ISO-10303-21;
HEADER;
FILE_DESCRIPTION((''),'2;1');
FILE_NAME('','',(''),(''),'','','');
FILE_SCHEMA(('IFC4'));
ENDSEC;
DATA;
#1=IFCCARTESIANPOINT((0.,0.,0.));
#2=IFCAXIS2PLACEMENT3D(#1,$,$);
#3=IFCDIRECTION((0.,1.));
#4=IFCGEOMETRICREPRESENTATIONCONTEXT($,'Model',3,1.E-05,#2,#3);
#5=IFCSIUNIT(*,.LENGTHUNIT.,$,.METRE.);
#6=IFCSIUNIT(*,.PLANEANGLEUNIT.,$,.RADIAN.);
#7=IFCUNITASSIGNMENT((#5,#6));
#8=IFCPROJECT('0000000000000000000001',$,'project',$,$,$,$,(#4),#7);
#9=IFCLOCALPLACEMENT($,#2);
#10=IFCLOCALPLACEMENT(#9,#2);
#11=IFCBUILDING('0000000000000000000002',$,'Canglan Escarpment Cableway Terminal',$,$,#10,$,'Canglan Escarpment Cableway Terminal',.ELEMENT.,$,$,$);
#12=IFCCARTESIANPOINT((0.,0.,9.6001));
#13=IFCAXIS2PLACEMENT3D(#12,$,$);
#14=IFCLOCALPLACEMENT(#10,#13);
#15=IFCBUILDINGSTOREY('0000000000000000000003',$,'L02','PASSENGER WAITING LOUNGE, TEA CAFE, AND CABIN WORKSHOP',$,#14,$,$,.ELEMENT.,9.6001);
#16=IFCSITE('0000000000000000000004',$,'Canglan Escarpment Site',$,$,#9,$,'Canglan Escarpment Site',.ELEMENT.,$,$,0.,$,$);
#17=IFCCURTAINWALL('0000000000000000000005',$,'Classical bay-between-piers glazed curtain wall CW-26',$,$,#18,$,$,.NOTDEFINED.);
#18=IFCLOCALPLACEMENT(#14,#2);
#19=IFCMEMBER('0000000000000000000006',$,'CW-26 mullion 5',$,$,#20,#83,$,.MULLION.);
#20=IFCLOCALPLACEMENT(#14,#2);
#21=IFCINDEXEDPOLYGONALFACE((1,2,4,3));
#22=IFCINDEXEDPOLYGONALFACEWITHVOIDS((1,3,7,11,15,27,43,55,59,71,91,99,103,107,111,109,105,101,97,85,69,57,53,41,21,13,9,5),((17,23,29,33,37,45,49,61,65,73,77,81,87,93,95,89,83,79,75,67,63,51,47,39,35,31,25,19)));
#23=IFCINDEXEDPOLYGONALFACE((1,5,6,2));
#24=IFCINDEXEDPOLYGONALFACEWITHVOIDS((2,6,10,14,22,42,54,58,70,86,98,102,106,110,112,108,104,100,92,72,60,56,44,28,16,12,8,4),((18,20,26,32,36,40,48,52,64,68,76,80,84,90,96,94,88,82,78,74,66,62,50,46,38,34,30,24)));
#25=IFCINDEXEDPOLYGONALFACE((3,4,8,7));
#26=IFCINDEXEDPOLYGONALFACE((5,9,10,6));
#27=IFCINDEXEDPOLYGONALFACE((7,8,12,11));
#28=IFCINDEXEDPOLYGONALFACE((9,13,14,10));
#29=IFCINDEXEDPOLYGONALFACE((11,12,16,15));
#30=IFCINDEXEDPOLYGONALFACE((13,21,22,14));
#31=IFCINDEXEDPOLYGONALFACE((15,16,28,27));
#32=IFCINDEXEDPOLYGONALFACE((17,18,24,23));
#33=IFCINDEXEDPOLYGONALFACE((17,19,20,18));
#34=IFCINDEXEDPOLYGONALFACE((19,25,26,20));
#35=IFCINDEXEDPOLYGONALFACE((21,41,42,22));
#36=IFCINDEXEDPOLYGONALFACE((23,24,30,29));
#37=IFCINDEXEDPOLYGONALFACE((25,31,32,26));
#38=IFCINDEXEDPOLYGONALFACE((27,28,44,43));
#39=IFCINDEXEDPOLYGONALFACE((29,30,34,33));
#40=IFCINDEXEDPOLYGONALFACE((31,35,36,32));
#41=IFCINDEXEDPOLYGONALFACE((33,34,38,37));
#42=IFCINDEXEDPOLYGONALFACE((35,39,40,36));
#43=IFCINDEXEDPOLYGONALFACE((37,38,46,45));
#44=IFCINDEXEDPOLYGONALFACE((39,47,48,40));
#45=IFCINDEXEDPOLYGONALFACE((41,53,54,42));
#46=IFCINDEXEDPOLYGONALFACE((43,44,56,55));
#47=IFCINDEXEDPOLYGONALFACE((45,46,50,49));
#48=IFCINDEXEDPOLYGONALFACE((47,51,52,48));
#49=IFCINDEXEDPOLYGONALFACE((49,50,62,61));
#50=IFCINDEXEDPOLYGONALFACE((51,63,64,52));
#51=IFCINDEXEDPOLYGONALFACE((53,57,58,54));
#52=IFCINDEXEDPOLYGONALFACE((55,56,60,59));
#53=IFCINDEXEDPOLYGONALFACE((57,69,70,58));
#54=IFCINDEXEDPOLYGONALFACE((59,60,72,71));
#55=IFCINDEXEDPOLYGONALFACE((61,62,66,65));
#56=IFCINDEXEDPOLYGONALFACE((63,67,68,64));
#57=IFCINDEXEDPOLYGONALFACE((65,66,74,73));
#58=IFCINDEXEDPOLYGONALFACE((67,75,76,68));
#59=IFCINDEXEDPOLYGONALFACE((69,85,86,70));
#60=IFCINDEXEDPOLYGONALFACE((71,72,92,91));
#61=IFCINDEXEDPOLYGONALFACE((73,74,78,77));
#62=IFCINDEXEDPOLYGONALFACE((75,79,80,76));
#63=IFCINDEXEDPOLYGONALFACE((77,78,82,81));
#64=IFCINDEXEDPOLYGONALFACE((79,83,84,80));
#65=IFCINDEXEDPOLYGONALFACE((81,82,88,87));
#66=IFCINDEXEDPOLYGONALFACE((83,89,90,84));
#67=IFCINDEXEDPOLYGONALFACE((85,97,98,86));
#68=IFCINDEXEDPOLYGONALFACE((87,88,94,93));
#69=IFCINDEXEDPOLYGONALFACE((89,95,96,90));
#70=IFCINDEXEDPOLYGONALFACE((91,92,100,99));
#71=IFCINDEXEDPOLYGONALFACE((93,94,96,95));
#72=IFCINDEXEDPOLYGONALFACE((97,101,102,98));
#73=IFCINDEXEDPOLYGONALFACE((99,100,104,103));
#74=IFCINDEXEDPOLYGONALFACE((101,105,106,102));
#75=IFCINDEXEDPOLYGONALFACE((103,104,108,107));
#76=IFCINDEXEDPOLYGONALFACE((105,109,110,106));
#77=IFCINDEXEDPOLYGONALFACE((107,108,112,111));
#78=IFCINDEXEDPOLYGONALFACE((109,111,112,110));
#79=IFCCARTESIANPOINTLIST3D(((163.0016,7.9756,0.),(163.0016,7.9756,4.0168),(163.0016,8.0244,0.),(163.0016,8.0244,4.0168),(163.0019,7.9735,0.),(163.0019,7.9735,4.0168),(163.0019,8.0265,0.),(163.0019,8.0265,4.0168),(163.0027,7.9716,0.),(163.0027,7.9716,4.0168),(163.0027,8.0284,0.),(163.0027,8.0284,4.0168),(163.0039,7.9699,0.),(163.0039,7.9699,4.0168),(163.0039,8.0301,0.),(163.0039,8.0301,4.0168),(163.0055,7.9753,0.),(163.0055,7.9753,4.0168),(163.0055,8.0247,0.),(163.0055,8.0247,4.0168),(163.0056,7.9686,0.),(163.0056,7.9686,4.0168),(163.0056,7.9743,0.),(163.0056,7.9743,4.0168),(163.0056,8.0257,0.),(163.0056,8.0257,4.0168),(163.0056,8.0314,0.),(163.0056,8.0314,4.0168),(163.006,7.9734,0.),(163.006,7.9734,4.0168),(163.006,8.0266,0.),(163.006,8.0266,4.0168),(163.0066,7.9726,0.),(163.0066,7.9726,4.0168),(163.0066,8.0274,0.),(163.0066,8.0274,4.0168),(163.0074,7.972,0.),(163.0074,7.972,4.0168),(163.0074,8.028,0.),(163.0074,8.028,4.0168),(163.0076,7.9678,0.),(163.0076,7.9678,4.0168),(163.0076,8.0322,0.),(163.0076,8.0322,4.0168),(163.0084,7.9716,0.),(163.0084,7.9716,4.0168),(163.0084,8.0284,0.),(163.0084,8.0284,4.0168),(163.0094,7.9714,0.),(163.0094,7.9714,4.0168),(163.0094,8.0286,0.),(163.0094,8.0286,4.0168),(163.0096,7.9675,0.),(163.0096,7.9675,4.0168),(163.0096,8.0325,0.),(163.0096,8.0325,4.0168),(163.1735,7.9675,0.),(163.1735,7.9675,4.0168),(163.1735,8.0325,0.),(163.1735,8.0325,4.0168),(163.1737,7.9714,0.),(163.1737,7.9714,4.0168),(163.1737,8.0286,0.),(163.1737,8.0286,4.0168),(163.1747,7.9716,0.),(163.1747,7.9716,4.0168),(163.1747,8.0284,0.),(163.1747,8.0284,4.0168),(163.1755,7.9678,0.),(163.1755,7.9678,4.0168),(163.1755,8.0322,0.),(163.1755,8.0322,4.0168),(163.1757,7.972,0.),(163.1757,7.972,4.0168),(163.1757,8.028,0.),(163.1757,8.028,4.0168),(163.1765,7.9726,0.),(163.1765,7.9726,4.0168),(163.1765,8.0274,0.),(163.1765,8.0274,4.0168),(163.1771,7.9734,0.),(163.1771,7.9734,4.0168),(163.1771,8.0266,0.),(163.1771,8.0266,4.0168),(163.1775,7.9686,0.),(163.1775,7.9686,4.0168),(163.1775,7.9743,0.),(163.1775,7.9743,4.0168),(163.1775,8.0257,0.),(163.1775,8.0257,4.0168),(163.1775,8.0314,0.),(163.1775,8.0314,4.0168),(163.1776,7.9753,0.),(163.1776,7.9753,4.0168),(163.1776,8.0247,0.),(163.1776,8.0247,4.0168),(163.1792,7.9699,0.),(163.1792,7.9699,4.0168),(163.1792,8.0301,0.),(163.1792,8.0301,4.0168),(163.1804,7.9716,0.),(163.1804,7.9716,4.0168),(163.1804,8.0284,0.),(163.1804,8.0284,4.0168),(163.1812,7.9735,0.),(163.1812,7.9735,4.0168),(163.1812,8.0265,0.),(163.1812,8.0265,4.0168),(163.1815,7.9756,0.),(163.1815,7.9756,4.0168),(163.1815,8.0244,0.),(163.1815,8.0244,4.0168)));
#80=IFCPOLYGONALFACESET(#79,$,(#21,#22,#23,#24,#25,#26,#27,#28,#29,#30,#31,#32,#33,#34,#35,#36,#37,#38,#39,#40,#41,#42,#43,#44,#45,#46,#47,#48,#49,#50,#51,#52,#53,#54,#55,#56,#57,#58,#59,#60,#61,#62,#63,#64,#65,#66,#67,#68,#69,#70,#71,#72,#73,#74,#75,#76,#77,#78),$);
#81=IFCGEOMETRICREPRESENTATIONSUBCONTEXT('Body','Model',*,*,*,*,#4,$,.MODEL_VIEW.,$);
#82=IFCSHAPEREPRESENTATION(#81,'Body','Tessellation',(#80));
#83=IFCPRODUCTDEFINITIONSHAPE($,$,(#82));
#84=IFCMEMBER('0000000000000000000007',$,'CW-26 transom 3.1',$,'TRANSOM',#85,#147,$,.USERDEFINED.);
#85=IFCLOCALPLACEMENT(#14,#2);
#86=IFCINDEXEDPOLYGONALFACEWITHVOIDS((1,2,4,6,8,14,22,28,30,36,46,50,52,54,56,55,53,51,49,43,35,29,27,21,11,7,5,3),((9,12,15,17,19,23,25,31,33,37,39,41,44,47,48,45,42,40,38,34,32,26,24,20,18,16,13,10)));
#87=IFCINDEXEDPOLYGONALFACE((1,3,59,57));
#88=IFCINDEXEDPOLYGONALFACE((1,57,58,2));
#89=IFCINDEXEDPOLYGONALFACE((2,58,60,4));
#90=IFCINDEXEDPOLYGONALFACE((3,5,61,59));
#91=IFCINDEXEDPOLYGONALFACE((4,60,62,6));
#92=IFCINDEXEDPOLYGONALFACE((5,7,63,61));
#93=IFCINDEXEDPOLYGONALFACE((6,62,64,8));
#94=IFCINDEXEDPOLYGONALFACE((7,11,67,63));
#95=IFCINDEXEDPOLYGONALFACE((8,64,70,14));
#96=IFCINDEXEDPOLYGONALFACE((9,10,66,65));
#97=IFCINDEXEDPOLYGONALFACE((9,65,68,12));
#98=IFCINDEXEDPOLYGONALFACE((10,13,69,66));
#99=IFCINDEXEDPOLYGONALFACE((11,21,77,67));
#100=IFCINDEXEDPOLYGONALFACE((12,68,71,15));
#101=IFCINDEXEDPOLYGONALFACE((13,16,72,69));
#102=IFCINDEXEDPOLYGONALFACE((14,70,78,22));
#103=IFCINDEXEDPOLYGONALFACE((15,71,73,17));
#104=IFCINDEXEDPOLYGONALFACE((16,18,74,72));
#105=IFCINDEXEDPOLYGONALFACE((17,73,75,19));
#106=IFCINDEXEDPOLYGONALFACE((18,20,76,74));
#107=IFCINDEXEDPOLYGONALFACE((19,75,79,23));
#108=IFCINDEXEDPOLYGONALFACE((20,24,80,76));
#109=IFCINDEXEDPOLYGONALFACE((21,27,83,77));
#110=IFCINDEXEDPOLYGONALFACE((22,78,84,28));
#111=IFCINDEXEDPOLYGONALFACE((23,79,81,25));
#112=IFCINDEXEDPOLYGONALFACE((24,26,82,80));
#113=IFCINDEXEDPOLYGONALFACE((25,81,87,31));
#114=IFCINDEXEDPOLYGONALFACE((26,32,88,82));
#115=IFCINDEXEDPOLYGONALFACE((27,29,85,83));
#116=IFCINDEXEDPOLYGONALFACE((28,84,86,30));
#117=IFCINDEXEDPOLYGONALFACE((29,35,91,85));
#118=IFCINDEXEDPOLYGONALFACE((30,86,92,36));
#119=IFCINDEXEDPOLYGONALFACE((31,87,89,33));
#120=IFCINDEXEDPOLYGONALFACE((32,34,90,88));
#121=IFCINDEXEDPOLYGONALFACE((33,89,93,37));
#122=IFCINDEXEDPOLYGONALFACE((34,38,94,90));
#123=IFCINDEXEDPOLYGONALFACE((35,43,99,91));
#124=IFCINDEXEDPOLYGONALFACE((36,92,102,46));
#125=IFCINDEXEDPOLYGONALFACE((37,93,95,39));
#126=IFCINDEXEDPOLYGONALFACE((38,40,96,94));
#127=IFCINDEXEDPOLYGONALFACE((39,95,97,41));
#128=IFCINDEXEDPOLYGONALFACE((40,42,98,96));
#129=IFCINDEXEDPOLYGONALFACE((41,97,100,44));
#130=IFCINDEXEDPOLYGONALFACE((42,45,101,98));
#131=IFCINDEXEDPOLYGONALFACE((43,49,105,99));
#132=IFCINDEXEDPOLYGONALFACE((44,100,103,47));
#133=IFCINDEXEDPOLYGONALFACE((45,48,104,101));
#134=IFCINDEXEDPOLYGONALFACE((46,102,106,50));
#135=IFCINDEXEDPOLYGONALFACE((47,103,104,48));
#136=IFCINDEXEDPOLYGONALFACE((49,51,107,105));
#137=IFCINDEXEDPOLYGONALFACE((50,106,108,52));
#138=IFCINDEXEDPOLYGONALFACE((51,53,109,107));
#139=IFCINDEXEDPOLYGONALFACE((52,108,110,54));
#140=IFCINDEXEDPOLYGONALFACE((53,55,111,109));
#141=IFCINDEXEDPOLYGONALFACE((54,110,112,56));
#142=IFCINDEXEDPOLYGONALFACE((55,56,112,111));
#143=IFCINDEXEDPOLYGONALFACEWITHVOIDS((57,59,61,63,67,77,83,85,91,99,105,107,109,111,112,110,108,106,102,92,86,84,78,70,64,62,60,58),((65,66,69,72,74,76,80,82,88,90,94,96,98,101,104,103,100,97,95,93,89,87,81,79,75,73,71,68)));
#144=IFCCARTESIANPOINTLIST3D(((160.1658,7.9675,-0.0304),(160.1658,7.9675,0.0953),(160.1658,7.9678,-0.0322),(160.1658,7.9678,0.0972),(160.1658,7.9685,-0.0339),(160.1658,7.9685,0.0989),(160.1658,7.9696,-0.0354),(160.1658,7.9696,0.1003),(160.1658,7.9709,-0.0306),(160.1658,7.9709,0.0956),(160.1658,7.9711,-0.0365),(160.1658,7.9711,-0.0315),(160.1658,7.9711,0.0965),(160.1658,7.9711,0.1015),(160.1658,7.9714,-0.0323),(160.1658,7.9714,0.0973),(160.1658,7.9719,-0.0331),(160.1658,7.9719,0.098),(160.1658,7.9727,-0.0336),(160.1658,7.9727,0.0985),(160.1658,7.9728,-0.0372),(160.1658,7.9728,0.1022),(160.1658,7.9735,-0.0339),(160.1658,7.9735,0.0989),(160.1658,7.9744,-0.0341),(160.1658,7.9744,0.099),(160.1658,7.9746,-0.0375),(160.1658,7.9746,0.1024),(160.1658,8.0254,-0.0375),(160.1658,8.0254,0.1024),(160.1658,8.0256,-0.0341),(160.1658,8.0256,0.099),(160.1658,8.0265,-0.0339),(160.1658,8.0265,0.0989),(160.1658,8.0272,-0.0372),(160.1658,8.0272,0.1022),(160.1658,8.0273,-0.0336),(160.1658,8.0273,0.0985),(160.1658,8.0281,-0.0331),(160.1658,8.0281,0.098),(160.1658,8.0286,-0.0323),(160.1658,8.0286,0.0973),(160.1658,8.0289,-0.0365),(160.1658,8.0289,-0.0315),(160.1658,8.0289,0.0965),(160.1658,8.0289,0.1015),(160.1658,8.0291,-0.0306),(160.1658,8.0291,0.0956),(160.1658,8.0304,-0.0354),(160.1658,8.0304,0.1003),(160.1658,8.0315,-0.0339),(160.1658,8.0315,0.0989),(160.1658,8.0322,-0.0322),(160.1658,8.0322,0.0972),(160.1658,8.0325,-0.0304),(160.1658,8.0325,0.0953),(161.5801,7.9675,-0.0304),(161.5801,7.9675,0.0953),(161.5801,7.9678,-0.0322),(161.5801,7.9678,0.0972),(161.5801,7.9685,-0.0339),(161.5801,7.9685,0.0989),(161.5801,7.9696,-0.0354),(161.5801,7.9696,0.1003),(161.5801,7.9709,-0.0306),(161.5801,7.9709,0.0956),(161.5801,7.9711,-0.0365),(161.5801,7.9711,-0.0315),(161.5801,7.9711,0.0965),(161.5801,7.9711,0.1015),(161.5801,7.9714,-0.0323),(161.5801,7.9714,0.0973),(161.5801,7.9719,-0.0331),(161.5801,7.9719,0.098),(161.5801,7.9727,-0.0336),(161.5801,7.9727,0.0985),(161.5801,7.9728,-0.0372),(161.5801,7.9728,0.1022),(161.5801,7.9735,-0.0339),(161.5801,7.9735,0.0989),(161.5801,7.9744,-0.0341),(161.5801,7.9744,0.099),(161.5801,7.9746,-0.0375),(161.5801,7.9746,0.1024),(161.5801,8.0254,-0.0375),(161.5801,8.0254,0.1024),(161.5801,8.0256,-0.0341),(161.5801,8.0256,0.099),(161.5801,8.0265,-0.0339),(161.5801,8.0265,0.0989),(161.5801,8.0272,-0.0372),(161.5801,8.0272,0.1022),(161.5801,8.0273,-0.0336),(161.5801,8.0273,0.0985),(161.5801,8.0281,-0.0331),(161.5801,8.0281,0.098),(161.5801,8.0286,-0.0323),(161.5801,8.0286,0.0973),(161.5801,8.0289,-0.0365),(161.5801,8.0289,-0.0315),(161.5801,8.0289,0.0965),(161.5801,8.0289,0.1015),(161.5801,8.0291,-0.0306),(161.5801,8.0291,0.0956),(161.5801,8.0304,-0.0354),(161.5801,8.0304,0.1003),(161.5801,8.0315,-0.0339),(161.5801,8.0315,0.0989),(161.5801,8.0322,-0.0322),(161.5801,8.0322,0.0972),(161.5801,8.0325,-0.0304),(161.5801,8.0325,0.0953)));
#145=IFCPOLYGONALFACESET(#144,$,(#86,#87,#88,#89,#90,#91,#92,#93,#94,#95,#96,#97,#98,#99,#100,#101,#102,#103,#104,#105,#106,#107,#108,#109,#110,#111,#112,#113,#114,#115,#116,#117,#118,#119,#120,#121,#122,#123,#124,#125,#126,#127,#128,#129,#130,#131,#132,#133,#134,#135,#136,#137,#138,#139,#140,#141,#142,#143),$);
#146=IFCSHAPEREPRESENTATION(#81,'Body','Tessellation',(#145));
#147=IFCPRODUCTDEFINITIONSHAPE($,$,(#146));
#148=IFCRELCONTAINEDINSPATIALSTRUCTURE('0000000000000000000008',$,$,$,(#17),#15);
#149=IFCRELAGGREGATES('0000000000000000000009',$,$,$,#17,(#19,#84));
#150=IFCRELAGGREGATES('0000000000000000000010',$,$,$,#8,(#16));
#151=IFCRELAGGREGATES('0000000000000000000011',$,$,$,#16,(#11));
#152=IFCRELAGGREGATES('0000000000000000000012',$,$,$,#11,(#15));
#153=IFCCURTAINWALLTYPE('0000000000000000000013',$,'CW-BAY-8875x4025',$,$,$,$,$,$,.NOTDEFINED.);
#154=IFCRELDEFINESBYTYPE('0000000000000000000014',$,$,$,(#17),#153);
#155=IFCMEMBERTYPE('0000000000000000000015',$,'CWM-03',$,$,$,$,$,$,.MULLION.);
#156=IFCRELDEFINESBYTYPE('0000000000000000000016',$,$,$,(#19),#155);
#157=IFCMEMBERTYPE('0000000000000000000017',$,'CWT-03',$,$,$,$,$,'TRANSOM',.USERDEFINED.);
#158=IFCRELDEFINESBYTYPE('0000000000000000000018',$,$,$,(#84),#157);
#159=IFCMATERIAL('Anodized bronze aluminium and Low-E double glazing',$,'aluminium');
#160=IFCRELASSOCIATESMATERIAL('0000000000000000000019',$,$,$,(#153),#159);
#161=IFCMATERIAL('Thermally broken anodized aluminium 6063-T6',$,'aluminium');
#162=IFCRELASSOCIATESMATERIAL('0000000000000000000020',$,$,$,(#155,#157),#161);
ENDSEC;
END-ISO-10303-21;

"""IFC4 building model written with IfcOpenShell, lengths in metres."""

from ifc_helpers import new_model, si_unit, direction, frame, origin, origin_2d, place, context, subcontext, project, spatial, hollow_rectangle, extrude, material, material_profile, profile_set, type_object, element, aggregate, save


model = new_model("IFC4")

# Units and contexts
model_context = context("Model", 3, precision=1e-05, world=origin(), true_north=direction((0.0, 1.0)))
body_context = subcontext(model_context, "Body", "Model", "MODEL_VIEW")
ifc_project = project(units=[si_unit("LENGTHUNIT", "METRE"), si_unit("PLANEANGLEUNIT", "RADIAN")], contexts=[model_context])

# Site, building, storey
site_placement = place(None, origin())
site = spatial("IfcSite", under=ifc_project, at=site_placement, Name="Canglan Escarpment Site", LongName="Canglan Escarpment Site", CompositionType="ELEMENT", RefElevation=0.0)
building_placement = place(site_placement, origin())
building = spatial("IfcBuilding", under=site, at=building_placement, Name="Canglan Escarpment Cableway Terminal", LongName="Canglan Escarpment Cableway Terminal", CompositionType="ELEMENT")
storey_placement = place(building_placement, frame((0.0, 0.0, 9.6001)))
storey = spatial("IfcBuildingStorey", under=building, at=storey_placement, Name="L02", Description="PASSENGER WAITING LOUNGE, TEA CAFE, AND CABIN WORKSHOP", CompositionType="ELEMENT", Elevation=9.6001)

# Curtain wall, members
ifc_material_1 = material(Name="Anodized bronze aluminium and Low-E double glazing", Category="aluminium")
curtain_wall_type = type_object("IfcCurtainWallType", Name="CW-BAY-8875x4025", PredefinedType="NOTDEFINED", material=ifc_material_1)
curtain_wall_placement = place(storey_placement, origin())
curtain_wall = element("IfcCurtainWall", 1, at=curtain_wall_placement, inside=storey, type_object=curtain_wall_type, Name="Classical bay-between-piers glazed curtain wall CW-26", PredefinedType="NOTDEFINED")
ifc_material_2 = material(Name="Thermally broken anodized aluminium 6063-T6", Category="aluminium")
ifc_material_profile_1 = material_profile(ifc_material_2, hollow_rectangle(XDim=0.0649, YDim=0.1799, WallThickness=0.0039, InnerFilletRadius=0.0039, OuterFilletRadius=0.0081, at=origin_2d()), Name="ALU-MULL 65x180x4")
ifc_profile_set_1 = profile_set([ifc_material_profile_1], Name="Thermally broken anodized aluminium 6063-T6")
member_type_1 = type_object("IfcMemberType", Name="CWM-03", PredefinedType="MULLION", material=ifc_profile_set_1)
member_1_placement = place(storey_placement, frame((163.0916, 8.0, 0.0), z_axis=(0.0, 0.0, 1.0), x_axis=(0.0, 1.0, 0.0)))
member_1 = element("IfcMember", 2, at=member_1_placement, type_object=member_type_1, Name="CW-26 mullion 5", PredefinedType="MULLION", context=body_context, shape_type="SweptSolid", body=[
    extrude(hollow_rectangle(XDim=0.0649, YDim=0.1799, WallThickness=0.0039, InnerFilletRadius=0.0039, OuterFilletRadius=0.0081, at=origin_2d()), origin(), (0.0, 0.0, 1.0), 4.0168),
])
ifc_material_profile_2 = material_profile(ifc_material_2, hollow_rectangle(XDim=0.0649, YDim=0.1399, WallThickness=0.0034, InnerFilletRadius=0.0034, OuterFilletRadius=0.0071, at=origin_2d()), Name="ALU-TRAN 65x140x3.5")
ifc_profile_set_2 = profile_set([ifc_material_profile_2], Name="Thermally broken anodized aluminium 6063-T6")
member_type_2 = type_object("IfcMemberType", Name="CWT-03", ElementType="TRANSOM", PredefinedType="USERDEFINED", material=ifc_profile_set_2)
member_2_placement = place(storey_placement, frame((160.1658, 8.0, 0.0325), z_axis=(1.0, 0.0, 0.0), x_axis=(0.0, 1.0, 0.0)))
member_2 = element("IfcMember", 3, at=member_2_placement, type_object=member_type_2, Name="CW-26 transom 3.1", ObjectType="TRANSOM", PredefinedType="USERDEFINED", context=body_context, shape_type="SweptSolid", body=[
    extrude(hollow_rectangle(XDim=0.0649, YDim=0.1399, WallThickness=0.0034, InnerFilletRadius=0.0034, OuterFilletRadius=0.0071, at=origin_2d()), origin(), (0.0, 0.0, 1.0), 1.4143),
])
aggregate(curtain_wall, [member_1, member_2])

save(model, "model.ifc")
